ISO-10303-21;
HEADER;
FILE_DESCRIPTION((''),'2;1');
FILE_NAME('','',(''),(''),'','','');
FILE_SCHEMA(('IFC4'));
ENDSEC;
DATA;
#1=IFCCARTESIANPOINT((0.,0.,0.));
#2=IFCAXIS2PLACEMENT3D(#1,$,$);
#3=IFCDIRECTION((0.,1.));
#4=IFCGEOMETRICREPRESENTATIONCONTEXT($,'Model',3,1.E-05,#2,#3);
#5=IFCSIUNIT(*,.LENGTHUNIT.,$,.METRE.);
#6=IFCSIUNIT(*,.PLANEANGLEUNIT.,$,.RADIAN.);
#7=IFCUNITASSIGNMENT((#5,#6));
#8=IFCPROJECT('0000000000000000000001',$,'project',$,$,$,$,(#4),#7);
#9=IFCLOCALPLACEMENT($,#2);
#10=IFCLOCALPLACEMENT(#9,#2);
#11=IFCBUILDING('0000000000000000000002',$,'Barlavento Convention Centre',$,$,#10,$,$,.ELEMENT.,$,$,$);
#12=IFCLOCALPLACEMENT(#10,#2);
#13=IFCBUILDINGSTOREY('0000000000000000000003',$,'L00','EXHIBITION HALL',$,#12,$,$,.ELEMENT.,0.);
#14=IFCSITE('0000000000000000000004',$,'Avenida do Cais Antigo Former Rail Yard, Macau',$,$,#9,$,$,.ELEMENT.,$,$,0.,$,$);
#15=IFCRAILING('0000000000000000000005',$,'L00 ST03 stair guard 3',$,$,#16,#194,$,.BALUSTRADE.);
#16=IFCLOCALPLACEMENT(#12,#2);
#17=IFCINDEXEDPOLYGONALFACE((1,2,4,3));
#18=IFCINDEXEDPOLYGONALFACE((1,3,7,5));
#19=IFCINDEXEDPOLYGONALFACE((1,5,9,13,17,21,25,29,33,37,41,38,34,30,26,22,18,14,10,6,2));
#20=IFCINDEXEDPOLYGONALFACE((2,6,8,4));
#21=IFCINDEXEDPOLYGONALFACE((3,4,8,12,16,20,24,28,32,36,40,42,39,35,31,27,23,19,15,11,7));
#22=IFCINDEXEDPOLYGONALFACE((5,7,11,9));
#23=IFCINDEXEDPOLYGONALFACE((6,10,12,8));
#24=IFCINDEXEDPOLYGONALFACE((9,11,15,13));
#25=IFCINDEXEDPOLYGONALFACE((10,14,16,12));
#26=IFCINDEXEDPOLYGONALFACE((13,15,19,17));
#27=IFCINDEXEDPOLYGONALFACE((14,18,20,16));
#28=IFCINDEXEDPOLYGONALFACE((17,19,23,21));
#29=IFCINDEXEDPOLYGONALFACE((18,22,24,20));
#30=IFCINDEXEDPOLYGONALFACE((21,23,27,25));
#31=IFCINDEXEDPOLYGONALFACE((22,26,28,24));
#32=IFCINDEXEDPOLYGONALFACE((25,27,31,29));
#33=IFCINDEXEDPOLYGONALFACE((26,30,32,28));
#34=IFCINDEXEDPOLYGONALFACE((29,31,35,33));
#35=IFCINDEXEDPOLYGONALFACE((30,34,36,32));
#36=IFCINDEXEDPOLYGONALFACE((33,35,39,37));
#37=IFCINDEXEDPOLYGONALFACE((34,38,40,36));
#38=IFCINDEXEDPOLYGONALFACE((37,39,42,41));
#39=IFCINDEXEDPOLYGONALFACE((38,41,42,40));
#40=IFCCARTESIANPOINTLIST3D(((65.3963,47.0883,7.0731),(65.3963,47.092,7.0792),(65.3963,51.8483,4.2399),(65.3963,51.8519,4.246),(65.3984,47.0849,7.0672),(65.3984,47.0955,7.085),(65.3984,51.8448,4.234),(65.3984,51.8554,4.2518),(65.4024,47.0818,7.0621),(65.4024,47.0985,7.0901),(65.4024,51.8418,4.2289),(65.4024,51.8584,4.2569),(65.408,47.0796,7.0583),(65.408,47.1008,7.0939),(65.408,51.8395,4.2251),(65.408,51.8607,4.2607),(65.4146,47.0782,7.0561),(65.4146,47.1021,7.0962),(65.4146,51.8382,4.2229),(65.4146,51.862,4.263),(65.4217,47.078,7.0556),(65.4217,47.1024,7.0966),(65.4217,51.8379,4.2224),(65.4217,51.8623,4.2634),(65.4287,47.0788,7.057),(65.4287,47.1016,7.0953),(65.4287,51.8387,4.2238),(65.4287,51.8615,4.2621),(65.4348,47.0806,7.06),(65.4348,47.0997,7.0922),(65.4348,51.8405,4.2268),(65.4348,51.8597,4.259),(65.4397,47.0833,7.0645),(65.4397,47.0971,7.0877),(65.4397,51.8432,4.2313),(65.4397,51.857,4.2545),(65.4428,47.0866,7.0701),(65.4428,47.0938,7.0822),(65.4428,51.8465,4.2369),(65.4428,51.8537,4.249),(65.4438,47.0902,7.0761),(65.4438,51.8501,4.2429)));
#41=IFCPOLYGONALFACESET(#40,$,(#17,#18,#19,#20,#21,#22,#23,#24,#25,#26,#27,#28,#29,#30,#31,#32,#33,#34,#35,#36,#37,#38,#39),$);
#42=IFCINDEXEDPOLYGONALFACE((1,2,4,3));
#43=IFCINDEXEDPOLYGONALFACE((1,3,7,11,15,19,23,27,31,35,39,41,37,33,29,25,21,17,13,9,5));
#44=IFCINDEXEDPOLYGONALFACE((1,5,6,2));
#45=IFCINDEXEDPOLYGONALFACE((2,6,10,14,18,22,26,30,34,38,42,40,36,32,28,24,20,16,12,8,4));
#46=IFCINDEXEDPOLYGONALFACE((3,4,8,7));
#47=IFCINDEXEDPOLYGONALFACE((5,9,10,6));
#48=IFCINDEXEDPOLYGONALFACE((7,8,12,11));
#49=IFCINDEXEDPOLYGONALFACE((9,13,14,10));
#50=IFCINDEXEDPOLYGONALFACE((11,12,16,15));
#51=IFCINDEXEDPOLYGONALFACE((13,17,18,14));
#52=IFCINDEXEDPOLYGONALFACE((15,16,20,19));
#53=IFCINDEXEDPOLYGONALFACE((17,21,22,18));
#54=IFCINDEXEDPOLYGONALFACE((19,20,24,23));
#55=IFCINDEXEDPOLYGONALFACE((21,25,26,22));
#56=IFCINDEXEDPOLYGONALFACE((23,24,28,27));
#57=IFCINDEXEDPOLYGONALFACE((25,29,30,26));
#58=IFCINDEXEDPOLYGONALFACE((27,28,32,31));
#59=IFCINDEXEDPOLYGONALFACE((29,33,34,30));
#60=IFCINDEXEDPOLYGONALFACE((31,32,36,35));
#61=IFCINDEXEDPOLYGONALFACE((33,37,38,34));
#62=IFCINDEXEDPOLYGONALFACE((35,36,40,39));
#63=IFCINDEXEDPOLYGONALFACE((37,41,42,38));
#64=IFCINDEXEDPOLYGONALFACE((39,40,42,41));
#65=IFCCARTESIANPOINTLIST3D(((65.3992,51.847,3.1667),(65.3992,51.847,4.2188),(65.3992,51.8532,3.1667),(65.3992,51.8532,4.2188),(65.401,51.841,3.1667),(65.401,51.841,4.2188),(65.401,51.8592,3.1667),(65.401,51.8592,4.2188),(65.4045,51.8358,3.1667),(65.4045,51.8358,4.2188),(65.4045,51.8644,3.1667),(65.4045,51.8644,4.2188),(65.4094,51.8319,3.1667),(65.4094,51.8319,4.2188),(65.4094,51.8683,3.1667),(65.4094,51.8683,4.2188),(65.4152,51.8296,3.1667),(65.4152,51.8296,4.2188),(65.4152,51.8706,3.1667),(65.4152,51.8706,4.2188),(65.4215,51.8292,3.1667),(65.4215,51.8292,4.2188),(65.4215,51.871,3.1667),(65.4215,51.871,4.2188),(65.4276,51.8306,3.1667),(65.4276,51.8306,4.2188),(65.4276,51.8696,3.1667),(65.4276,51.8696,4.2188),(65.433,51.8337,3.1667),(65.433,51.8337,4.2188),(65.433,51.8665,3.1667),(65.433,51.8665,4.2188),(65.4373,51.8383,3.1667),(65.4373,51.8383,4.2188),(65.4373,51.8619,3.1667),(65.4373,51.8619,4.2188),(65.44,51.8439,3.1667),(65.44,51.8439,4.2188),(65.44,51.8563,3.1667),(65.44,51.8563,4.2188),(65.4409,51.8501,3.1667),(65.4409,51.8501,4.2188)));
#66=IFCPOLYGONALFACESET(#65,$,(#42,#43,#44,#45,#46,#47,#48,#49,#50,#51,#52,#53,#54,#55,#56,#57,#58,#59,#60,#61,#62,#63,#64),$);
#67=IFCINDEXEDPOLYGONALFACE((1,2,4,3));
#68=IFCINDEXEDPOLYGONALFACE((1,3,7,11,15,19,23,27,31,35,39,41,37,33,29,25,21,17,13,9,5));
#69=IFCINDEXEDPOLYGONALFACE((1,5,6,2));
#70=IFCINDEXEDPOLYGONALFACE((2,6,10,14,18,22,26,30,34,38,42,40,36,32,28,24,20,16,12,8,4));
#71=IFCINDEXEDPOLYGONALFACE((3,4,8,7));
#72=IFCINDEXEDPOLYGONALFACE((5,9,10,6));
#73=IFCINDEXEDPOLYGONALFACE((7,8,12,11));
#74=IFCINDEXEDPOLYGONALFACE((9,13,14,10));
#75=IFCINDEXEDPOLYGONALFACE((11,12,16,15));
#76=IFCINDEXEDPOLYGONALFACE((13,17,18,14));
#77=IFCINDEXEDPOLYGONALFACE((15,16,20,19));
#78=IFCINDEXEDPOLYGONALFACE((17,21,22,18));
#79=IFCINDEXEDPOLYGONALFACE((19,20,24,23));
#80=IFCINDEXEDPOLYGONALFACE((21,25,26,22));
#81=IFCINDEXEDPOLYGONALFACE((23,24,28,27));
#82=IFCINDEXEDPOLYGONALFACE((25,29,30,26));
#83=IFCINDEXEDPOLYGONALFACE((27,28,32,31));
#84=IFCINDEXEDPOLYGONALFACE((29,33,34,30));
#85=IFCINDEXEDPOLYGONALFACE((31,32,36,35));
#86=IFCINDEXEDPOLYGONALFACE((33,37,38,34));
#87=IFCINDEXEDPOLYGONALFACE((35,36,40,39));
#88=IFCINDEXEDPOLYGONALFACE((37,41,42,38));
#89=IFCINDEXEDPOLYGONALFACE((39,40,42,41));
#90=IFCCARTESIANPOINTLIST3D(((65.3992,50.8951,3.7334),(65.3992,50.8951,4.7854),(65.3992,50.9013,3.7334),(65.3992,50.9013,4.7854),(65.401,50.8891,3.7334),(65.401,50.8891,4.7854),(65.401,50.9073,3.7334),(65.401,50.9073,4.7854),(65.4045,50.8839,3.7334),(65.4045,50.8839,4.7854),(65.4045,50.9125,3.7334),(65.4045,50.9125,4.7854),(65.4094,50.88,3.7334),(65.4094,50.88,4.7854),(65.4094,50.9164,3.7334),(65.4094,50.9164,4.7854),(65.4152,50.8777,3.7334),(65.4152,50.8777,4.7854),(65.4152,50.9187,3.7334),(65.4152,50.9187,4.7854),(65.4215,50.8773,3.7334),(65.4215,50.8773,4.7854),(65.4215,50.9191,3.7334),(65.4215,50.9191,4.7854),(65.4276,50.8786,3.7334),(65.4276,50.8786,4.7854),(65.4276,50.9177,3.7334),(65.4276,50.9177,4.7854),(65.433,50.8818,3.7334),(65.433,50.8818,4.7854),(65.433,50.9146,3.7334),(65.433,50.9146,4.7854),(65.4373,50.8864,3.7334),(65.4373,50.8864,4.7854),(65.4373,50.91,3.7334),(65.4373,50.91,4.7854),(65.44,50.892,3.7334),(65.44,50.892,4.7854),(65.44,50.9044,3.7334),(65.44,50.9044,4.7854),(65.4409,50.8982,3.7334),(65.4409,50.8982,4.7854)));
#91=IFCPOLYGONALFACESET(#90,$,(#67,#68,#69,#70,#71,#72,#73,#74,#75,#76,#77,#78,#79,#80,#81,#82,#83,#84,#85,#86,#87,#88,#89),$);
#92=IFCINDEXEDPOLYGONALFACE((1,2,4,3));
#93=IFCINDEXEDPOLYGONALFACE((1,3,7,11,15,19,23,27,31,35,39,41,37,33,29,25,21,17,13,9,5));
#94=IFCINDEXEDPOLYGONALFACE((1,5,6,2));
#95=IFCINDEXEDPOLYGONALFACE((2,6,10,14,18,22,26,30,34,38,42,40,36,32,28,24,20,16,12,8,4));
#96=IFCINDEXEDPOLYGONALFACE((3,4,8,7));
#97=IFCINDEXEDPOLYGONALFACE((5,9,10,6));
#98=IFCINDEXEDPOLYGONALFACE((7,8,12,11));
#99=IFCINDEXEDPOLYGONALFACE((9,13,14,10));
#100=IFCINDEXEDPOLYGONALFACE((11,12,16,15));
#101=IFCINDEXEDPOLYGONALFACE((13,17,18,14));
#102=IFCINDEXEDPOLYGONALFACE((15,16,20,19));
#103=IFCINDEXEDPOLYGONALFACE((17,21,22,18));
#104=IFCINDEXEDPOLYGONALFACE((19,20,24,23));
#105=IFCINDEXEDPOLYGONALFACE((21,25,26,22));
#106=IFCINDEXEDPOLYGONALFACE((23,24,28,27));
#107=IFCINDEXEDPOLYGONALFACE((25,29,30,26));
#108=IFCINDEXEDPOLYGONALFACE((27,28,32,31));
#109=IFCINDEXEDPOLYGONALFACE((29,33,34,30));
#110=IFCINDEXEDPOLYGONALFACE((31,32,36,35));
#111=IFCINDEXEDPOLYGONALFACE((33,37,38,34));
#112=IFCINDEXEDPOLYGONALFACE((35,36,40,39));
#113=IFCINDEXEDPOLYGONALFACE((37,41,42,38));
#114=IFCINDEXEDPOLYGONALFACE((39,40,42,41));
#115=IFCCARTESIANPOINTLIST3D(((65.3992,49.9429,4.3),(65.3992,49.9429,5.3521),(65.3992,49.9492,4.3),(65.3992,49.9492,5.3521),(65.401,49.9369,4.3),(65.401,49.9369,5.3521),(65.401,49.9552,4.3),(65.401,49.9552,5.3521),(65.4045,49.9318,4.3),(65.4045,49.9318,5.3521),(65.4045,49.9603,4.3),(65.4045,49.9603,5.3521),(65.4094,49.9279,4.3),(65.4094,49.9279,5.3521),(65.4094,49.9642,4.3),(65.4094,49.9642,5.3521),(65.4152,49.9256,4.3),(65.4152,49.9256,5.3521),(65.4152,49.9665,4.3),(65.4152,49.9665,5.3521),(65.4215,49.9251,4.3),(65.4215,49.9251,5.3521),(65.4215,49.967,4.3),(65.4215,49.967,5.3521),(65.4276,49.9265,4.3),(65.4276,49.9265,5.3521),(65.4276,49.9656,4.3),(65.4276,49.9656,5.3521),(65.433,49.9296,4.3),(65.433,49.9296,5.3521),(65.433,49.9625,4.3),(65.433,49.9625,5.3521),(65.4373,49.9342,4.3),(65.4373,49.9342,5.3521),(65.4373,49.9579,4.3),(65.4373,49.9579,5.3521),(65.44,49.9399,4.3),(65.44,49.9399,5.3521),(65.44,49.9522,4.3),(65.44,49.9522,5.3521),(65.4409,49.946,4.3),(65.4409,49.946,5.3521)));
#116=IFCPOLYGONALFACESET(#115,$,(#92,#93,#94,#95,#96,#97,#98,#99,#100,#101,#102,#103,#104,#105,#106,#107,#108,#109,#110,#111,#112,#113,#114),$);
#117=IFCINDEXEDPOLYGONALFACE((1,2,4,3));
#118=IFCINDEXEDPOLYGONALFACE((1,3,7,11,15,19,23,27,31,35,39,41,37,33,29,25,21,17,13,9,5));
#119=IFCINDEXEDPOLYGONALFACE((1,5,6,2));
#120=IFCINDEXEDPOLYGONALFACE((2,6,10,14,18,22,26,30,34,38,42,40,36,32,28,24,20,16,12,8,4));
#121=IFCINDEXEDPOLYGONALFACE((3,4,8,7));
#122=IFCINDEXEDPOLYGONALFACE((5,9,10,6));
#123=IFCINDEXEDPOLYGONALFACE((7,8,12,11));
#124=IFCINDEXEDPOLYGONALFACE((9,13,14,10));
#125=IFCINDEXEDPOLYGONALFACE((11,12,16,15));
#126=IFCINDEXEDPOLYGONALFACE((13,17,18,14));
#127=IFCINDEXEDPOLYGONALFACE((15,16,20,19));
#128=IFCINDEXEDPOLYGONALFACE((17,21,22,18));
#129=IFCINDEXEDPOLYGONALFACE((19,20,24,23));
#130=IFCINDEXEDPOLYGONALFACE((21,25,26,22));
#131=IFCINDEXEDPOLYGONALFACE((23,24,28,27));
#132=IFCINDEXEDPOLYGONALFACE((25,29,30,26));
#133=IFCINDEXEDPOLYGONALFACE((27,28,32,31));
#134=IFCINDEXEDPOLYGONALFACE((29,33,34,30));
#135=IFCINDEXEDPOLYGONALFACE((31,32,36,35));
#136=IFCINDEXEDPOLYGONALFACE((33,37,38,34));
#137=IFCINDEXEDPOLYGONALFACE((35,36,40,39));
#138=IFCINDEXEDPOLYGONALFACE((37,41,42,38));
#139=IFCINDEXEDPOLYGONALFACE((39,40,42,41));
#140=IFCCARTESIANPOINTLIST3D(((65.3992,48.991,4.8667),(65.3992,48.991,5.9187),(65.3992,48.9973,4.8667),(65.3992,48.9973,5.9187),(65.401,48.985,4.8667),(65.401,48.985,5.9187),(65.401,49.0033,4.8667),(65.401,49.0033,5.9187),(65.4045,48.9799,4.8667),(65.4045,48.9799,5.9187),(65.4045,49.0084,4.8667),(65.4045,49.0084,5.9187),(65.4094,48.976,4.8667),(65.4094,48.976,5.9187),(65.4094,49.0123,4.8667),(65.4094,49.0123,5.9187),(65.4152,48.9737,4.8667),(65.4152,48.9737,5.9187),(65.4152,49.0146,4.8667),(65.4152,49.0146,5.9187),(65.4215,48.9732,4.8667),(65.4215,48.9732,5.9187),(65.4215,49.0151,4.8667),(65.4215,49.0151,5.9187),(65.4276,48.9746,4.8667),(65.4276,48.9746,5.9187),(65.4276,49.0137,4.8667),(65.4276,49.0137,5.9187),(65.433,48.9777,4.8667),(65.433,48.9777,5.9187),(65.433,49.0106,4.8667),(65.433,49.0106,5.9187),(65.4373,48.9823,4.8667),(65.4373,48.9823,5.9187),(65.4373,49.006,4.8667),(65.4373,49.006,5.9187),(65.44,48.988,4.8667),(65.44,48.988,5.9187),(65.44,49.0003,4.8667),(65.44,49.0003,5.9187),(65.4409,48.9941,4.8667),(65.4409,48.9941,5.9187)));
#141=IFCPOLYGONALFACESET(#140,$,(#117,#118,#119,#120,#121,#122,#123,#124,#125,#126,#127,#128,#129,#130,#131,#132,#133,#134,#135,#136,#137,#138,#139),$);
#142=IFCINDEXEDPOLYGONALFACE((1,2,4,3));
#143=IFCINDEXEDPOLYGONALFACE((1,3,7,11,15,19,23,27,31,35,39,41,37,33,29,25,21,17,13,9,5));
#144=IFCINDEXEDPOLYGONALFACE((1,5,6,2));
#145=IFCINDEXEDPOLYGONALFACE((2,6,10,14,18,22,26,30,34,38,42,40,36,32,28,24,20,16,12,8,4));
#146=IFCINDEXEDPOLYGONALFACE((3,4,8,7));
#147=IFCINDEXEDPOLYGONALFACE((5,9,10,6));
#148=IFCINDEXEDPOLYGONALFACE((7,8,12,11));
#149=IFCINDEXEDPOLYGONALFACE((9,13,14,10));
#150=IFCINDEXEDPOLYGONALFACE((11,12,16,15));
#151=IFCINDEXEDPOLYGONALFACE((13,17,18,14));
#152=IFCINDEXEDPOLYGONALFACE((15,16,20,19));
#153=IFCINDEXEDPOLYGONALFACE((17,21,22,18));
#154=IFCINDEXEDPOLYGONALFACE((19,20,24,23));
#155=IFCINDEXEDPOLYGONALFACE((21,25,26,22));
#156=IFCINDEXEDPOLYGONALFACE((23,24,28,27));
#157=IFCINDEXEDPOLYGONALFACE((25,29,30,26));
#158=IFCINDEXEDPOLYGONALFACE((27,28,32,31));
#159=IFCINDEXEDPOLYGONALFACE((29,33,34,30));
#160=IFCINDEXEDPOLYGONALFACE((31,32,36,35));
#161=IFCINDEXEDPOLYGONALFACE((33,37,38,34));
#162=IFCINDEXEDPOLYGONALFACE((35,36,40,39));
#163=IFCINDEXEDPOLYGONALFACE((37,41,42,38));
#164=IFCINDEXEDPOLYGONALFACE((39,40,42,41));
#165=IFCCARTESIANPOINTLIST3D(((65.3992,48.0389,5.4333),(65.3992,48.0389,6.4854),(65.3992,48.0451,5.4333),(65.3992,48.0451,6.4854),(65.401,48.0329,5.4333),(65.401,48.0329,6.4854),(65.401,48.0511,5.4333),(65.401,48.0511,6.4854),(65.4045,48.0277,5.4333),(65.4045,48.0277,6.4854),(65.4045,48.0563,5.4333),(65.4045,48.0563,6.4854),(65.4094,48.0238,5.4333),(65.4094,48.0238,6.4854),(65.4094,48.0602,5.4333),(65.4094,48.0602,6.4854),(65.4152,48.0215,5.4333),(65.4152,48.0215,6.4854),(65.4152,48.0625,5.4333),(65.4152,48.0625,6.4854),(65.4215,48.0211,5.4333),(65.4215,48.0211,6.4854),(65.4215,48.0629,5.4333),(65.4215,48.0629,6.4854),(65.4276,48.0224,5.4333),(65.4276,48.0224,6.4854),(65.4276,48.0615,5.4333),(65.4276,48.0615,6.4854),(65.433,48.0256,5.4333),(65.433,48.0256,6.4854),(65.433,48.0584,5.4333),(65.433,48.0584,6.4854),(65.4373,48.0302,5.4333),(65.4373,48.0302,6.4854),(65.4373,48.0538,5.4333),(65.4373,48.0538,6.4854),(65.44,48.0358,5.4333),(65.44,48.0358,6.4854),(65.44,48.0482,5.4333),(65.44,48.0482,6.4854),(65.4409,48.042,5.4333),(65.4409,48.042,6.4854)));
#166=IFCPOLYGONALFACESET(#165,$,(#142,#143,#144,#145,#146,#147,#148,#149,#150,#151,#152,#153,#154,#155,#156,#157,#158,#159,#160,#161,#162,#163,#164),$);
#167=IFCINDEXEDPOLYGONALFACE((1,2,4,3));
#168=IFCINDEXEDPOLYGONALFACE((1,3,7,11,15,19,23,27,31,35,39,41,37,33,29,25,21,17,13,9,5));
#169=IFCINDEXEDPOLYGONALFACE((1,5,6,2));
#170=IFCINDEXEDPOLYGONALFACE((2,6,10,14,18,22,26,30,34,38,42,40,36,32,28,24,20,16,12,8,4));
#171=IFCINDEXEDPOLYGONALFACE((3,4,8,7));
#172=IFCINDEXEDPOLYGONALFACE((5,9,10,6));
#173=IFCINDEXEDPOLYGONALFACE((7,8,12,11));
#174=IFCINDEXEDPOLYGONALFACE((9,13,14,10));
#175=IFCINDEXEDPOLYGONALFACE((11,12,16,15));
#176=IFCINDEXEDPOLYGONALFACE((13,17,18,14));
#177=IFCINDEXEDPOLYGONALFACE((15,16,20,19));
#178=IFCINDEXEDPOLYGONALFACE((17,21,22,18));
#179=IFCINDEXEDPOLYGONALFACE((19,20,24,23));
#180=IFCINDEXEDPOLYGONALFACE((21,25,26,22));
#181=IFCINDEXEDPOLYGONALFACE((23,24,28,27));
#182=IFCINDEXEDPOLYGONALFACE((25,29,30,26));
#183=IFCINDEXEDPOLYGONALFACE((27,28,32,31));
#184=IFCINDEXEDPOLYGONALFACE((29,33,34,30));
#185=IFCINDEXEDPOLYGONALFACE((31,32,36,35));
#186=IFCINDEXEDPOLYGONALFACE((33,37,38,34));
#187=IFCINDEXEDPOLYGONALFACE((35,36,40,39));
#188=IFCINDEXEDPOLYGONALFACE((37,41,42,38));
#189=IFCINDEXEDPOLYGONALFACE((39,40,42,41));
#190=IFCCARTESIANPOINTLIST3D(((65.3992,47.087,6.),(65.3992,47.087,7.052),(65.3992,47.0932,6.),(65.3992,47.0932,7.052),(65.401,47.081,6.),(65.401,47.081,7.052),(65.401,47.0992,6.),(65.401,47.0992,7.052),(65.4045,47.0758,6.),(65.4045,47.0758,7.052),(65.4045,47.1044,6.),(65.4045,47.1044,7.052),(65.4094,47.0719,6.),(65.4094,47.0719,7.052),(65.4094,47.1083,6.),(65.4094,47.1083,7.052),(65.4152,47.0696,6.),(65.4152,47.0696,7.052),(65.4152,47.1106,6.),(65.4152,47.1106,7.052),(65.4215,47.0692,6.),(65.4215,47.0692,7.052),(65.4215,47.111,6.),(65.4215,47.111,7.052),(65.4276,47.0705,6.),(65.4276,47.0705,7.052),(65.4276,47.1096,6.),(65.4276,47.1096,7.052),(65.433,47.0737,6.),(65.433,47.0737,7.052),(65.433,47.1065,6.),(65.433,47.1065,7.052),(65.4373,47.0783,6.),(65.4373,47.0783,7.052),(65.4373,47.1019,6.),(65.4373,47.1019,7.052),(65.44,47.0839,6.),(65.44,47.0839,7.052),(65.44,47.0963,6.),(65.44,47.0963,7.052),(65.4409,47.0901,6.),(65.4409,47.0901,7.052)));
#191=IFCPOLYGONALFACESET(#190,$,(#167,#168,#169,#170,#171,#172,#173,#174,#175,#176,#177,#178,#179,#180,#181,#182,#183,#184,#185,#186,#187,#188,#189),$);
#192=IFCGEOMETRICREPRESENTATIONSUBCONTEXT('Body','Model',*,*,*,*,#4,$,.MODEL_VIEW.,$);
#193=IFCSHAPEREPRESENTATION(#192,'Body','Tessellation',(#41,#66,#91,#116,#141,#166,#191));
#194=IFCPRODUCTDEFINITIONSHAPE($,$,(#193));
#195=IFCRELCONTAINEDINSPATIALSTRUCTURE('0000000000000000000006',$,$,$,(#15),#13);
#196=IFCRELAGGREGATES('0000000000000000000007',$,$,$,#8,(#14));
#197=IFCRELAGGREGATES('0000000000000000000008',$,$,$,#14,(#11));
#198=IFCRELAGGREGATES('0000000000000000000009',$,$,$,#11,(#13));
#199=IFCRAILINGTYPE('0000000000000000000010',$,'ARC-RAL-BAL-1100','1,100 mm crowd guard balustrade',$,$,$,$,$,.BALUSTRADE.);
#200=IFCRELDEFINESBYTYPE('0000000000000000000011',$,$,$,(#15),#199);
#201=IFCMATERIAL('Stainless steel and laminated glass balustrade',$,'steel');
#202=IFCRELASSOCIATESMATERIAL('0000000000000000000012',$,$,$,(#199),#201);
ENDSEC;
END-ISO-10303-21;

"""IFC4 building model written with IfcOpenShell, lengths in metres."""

from ifc_helpers import new_model, si_unit, direction, frame, origin, origin_2d, place, context, subcontext, project, spatial, circle, extrude, material, type_object, element, save


model = new_model("IFC4")

# Units and contexts
model_context = context("Model", 3, precision=1e-05, world=origin(), true_north=direction((0.0, 1.0)))
body_context = subcontext(model_context, "Body", "Model", "MODEL_VIEW")
ifc_project = project(units=[si_unit("LENGTHUNIT", "METRE"), si_unit("PLANEANGLEUNIT", "RADIAN")], contexts=[model_context])

# Site, building, storey
site_placement = place(None, origin())
site = spatial("IfcSite", under=ifc_project, at=site_placement, Name="Avenida do Cais Antigo Former Rail Yard, Macau", CompositionType="ELEMENT", RefElevation=0.0)
building_placement = place(site_placement, origin())
building = spatial("IfcBuilding", under=site, at=building_placement, Name="Barlavento Convention Centre", CompositionType="ELEMENT")
storey_placement = place(building_placement, origin())
storey = spatial("IfcBuildingStorey", under=building, at=storey_placement, Name="L00", Description="EXHIBITION HALL", CompositionType="ELEMENT", Elevation=0.0)

# Railing
ifc_material_1 = material(Name="Stainless steel and laminated glass balustrade", Category="steel")
railing_type_1 = type_object("IfcRailingType", Name="ARC-RAL-BAL-1100", Description="1,100 mm crowd guard balustrade", PredefinedType="BALUSTRADE", material=ifc_material_1)
railing_1_placement = place(storey_placement, frame((65.4199, 51.8501, 3.1667)))
element("IfcRailing", 1, at=railing_1_placement, inside=storey, type_object=railing_type_1, Name="L00 ST03 stair guard 3", PredefinedType="BALUSTRADE", context=body_context, shape_type="SweptSolid", body=[
    extrude(circle(Radius=0.0239, at=origin_2d()), frame((0.0, 0.0, 1.0762), z_axis=(0.0, -0.8593, 0.511472), x_axis=(1.0, 0.0, 0.0)), (0.0, 0.0, 1.0), 5.5393),
    extrude(circle(Radius=0.021, at=origin_2d()), origin(), (0.0, 0.0, 1.0), 1.052),
    extrude(circle(Radius=0.021, at=origin_2d()), frame((0.0, -0.9519, 0.5667)), (0.0, 0.0, 1.0), 1.052),
    extrude(circle(Radius=0.021, at=origin_2d()), frame((0.0, -1.9041, 1.1333)), (0.0, 0.0, 1.0), 1.052),
    extrude(circle(Radius=0.021, at=origin_2d()), frame((0.0, -2.856, 1.7)), (0.0, 0.0, 1.0), 1.052),
    extrude(circle(Radius=0.021, at=origin_2d()), frame((0.0, -3.8081, 2.2666)), (0.0, 0.0, 1.0), 1.052),
    extrude(circle(Radius=0.021, at=origin_2d()), frame((0.0, -4.76, 2.8333)), (0.0, 0.0, 1.0), 1.052),
])

save(model, "model.ifc")
